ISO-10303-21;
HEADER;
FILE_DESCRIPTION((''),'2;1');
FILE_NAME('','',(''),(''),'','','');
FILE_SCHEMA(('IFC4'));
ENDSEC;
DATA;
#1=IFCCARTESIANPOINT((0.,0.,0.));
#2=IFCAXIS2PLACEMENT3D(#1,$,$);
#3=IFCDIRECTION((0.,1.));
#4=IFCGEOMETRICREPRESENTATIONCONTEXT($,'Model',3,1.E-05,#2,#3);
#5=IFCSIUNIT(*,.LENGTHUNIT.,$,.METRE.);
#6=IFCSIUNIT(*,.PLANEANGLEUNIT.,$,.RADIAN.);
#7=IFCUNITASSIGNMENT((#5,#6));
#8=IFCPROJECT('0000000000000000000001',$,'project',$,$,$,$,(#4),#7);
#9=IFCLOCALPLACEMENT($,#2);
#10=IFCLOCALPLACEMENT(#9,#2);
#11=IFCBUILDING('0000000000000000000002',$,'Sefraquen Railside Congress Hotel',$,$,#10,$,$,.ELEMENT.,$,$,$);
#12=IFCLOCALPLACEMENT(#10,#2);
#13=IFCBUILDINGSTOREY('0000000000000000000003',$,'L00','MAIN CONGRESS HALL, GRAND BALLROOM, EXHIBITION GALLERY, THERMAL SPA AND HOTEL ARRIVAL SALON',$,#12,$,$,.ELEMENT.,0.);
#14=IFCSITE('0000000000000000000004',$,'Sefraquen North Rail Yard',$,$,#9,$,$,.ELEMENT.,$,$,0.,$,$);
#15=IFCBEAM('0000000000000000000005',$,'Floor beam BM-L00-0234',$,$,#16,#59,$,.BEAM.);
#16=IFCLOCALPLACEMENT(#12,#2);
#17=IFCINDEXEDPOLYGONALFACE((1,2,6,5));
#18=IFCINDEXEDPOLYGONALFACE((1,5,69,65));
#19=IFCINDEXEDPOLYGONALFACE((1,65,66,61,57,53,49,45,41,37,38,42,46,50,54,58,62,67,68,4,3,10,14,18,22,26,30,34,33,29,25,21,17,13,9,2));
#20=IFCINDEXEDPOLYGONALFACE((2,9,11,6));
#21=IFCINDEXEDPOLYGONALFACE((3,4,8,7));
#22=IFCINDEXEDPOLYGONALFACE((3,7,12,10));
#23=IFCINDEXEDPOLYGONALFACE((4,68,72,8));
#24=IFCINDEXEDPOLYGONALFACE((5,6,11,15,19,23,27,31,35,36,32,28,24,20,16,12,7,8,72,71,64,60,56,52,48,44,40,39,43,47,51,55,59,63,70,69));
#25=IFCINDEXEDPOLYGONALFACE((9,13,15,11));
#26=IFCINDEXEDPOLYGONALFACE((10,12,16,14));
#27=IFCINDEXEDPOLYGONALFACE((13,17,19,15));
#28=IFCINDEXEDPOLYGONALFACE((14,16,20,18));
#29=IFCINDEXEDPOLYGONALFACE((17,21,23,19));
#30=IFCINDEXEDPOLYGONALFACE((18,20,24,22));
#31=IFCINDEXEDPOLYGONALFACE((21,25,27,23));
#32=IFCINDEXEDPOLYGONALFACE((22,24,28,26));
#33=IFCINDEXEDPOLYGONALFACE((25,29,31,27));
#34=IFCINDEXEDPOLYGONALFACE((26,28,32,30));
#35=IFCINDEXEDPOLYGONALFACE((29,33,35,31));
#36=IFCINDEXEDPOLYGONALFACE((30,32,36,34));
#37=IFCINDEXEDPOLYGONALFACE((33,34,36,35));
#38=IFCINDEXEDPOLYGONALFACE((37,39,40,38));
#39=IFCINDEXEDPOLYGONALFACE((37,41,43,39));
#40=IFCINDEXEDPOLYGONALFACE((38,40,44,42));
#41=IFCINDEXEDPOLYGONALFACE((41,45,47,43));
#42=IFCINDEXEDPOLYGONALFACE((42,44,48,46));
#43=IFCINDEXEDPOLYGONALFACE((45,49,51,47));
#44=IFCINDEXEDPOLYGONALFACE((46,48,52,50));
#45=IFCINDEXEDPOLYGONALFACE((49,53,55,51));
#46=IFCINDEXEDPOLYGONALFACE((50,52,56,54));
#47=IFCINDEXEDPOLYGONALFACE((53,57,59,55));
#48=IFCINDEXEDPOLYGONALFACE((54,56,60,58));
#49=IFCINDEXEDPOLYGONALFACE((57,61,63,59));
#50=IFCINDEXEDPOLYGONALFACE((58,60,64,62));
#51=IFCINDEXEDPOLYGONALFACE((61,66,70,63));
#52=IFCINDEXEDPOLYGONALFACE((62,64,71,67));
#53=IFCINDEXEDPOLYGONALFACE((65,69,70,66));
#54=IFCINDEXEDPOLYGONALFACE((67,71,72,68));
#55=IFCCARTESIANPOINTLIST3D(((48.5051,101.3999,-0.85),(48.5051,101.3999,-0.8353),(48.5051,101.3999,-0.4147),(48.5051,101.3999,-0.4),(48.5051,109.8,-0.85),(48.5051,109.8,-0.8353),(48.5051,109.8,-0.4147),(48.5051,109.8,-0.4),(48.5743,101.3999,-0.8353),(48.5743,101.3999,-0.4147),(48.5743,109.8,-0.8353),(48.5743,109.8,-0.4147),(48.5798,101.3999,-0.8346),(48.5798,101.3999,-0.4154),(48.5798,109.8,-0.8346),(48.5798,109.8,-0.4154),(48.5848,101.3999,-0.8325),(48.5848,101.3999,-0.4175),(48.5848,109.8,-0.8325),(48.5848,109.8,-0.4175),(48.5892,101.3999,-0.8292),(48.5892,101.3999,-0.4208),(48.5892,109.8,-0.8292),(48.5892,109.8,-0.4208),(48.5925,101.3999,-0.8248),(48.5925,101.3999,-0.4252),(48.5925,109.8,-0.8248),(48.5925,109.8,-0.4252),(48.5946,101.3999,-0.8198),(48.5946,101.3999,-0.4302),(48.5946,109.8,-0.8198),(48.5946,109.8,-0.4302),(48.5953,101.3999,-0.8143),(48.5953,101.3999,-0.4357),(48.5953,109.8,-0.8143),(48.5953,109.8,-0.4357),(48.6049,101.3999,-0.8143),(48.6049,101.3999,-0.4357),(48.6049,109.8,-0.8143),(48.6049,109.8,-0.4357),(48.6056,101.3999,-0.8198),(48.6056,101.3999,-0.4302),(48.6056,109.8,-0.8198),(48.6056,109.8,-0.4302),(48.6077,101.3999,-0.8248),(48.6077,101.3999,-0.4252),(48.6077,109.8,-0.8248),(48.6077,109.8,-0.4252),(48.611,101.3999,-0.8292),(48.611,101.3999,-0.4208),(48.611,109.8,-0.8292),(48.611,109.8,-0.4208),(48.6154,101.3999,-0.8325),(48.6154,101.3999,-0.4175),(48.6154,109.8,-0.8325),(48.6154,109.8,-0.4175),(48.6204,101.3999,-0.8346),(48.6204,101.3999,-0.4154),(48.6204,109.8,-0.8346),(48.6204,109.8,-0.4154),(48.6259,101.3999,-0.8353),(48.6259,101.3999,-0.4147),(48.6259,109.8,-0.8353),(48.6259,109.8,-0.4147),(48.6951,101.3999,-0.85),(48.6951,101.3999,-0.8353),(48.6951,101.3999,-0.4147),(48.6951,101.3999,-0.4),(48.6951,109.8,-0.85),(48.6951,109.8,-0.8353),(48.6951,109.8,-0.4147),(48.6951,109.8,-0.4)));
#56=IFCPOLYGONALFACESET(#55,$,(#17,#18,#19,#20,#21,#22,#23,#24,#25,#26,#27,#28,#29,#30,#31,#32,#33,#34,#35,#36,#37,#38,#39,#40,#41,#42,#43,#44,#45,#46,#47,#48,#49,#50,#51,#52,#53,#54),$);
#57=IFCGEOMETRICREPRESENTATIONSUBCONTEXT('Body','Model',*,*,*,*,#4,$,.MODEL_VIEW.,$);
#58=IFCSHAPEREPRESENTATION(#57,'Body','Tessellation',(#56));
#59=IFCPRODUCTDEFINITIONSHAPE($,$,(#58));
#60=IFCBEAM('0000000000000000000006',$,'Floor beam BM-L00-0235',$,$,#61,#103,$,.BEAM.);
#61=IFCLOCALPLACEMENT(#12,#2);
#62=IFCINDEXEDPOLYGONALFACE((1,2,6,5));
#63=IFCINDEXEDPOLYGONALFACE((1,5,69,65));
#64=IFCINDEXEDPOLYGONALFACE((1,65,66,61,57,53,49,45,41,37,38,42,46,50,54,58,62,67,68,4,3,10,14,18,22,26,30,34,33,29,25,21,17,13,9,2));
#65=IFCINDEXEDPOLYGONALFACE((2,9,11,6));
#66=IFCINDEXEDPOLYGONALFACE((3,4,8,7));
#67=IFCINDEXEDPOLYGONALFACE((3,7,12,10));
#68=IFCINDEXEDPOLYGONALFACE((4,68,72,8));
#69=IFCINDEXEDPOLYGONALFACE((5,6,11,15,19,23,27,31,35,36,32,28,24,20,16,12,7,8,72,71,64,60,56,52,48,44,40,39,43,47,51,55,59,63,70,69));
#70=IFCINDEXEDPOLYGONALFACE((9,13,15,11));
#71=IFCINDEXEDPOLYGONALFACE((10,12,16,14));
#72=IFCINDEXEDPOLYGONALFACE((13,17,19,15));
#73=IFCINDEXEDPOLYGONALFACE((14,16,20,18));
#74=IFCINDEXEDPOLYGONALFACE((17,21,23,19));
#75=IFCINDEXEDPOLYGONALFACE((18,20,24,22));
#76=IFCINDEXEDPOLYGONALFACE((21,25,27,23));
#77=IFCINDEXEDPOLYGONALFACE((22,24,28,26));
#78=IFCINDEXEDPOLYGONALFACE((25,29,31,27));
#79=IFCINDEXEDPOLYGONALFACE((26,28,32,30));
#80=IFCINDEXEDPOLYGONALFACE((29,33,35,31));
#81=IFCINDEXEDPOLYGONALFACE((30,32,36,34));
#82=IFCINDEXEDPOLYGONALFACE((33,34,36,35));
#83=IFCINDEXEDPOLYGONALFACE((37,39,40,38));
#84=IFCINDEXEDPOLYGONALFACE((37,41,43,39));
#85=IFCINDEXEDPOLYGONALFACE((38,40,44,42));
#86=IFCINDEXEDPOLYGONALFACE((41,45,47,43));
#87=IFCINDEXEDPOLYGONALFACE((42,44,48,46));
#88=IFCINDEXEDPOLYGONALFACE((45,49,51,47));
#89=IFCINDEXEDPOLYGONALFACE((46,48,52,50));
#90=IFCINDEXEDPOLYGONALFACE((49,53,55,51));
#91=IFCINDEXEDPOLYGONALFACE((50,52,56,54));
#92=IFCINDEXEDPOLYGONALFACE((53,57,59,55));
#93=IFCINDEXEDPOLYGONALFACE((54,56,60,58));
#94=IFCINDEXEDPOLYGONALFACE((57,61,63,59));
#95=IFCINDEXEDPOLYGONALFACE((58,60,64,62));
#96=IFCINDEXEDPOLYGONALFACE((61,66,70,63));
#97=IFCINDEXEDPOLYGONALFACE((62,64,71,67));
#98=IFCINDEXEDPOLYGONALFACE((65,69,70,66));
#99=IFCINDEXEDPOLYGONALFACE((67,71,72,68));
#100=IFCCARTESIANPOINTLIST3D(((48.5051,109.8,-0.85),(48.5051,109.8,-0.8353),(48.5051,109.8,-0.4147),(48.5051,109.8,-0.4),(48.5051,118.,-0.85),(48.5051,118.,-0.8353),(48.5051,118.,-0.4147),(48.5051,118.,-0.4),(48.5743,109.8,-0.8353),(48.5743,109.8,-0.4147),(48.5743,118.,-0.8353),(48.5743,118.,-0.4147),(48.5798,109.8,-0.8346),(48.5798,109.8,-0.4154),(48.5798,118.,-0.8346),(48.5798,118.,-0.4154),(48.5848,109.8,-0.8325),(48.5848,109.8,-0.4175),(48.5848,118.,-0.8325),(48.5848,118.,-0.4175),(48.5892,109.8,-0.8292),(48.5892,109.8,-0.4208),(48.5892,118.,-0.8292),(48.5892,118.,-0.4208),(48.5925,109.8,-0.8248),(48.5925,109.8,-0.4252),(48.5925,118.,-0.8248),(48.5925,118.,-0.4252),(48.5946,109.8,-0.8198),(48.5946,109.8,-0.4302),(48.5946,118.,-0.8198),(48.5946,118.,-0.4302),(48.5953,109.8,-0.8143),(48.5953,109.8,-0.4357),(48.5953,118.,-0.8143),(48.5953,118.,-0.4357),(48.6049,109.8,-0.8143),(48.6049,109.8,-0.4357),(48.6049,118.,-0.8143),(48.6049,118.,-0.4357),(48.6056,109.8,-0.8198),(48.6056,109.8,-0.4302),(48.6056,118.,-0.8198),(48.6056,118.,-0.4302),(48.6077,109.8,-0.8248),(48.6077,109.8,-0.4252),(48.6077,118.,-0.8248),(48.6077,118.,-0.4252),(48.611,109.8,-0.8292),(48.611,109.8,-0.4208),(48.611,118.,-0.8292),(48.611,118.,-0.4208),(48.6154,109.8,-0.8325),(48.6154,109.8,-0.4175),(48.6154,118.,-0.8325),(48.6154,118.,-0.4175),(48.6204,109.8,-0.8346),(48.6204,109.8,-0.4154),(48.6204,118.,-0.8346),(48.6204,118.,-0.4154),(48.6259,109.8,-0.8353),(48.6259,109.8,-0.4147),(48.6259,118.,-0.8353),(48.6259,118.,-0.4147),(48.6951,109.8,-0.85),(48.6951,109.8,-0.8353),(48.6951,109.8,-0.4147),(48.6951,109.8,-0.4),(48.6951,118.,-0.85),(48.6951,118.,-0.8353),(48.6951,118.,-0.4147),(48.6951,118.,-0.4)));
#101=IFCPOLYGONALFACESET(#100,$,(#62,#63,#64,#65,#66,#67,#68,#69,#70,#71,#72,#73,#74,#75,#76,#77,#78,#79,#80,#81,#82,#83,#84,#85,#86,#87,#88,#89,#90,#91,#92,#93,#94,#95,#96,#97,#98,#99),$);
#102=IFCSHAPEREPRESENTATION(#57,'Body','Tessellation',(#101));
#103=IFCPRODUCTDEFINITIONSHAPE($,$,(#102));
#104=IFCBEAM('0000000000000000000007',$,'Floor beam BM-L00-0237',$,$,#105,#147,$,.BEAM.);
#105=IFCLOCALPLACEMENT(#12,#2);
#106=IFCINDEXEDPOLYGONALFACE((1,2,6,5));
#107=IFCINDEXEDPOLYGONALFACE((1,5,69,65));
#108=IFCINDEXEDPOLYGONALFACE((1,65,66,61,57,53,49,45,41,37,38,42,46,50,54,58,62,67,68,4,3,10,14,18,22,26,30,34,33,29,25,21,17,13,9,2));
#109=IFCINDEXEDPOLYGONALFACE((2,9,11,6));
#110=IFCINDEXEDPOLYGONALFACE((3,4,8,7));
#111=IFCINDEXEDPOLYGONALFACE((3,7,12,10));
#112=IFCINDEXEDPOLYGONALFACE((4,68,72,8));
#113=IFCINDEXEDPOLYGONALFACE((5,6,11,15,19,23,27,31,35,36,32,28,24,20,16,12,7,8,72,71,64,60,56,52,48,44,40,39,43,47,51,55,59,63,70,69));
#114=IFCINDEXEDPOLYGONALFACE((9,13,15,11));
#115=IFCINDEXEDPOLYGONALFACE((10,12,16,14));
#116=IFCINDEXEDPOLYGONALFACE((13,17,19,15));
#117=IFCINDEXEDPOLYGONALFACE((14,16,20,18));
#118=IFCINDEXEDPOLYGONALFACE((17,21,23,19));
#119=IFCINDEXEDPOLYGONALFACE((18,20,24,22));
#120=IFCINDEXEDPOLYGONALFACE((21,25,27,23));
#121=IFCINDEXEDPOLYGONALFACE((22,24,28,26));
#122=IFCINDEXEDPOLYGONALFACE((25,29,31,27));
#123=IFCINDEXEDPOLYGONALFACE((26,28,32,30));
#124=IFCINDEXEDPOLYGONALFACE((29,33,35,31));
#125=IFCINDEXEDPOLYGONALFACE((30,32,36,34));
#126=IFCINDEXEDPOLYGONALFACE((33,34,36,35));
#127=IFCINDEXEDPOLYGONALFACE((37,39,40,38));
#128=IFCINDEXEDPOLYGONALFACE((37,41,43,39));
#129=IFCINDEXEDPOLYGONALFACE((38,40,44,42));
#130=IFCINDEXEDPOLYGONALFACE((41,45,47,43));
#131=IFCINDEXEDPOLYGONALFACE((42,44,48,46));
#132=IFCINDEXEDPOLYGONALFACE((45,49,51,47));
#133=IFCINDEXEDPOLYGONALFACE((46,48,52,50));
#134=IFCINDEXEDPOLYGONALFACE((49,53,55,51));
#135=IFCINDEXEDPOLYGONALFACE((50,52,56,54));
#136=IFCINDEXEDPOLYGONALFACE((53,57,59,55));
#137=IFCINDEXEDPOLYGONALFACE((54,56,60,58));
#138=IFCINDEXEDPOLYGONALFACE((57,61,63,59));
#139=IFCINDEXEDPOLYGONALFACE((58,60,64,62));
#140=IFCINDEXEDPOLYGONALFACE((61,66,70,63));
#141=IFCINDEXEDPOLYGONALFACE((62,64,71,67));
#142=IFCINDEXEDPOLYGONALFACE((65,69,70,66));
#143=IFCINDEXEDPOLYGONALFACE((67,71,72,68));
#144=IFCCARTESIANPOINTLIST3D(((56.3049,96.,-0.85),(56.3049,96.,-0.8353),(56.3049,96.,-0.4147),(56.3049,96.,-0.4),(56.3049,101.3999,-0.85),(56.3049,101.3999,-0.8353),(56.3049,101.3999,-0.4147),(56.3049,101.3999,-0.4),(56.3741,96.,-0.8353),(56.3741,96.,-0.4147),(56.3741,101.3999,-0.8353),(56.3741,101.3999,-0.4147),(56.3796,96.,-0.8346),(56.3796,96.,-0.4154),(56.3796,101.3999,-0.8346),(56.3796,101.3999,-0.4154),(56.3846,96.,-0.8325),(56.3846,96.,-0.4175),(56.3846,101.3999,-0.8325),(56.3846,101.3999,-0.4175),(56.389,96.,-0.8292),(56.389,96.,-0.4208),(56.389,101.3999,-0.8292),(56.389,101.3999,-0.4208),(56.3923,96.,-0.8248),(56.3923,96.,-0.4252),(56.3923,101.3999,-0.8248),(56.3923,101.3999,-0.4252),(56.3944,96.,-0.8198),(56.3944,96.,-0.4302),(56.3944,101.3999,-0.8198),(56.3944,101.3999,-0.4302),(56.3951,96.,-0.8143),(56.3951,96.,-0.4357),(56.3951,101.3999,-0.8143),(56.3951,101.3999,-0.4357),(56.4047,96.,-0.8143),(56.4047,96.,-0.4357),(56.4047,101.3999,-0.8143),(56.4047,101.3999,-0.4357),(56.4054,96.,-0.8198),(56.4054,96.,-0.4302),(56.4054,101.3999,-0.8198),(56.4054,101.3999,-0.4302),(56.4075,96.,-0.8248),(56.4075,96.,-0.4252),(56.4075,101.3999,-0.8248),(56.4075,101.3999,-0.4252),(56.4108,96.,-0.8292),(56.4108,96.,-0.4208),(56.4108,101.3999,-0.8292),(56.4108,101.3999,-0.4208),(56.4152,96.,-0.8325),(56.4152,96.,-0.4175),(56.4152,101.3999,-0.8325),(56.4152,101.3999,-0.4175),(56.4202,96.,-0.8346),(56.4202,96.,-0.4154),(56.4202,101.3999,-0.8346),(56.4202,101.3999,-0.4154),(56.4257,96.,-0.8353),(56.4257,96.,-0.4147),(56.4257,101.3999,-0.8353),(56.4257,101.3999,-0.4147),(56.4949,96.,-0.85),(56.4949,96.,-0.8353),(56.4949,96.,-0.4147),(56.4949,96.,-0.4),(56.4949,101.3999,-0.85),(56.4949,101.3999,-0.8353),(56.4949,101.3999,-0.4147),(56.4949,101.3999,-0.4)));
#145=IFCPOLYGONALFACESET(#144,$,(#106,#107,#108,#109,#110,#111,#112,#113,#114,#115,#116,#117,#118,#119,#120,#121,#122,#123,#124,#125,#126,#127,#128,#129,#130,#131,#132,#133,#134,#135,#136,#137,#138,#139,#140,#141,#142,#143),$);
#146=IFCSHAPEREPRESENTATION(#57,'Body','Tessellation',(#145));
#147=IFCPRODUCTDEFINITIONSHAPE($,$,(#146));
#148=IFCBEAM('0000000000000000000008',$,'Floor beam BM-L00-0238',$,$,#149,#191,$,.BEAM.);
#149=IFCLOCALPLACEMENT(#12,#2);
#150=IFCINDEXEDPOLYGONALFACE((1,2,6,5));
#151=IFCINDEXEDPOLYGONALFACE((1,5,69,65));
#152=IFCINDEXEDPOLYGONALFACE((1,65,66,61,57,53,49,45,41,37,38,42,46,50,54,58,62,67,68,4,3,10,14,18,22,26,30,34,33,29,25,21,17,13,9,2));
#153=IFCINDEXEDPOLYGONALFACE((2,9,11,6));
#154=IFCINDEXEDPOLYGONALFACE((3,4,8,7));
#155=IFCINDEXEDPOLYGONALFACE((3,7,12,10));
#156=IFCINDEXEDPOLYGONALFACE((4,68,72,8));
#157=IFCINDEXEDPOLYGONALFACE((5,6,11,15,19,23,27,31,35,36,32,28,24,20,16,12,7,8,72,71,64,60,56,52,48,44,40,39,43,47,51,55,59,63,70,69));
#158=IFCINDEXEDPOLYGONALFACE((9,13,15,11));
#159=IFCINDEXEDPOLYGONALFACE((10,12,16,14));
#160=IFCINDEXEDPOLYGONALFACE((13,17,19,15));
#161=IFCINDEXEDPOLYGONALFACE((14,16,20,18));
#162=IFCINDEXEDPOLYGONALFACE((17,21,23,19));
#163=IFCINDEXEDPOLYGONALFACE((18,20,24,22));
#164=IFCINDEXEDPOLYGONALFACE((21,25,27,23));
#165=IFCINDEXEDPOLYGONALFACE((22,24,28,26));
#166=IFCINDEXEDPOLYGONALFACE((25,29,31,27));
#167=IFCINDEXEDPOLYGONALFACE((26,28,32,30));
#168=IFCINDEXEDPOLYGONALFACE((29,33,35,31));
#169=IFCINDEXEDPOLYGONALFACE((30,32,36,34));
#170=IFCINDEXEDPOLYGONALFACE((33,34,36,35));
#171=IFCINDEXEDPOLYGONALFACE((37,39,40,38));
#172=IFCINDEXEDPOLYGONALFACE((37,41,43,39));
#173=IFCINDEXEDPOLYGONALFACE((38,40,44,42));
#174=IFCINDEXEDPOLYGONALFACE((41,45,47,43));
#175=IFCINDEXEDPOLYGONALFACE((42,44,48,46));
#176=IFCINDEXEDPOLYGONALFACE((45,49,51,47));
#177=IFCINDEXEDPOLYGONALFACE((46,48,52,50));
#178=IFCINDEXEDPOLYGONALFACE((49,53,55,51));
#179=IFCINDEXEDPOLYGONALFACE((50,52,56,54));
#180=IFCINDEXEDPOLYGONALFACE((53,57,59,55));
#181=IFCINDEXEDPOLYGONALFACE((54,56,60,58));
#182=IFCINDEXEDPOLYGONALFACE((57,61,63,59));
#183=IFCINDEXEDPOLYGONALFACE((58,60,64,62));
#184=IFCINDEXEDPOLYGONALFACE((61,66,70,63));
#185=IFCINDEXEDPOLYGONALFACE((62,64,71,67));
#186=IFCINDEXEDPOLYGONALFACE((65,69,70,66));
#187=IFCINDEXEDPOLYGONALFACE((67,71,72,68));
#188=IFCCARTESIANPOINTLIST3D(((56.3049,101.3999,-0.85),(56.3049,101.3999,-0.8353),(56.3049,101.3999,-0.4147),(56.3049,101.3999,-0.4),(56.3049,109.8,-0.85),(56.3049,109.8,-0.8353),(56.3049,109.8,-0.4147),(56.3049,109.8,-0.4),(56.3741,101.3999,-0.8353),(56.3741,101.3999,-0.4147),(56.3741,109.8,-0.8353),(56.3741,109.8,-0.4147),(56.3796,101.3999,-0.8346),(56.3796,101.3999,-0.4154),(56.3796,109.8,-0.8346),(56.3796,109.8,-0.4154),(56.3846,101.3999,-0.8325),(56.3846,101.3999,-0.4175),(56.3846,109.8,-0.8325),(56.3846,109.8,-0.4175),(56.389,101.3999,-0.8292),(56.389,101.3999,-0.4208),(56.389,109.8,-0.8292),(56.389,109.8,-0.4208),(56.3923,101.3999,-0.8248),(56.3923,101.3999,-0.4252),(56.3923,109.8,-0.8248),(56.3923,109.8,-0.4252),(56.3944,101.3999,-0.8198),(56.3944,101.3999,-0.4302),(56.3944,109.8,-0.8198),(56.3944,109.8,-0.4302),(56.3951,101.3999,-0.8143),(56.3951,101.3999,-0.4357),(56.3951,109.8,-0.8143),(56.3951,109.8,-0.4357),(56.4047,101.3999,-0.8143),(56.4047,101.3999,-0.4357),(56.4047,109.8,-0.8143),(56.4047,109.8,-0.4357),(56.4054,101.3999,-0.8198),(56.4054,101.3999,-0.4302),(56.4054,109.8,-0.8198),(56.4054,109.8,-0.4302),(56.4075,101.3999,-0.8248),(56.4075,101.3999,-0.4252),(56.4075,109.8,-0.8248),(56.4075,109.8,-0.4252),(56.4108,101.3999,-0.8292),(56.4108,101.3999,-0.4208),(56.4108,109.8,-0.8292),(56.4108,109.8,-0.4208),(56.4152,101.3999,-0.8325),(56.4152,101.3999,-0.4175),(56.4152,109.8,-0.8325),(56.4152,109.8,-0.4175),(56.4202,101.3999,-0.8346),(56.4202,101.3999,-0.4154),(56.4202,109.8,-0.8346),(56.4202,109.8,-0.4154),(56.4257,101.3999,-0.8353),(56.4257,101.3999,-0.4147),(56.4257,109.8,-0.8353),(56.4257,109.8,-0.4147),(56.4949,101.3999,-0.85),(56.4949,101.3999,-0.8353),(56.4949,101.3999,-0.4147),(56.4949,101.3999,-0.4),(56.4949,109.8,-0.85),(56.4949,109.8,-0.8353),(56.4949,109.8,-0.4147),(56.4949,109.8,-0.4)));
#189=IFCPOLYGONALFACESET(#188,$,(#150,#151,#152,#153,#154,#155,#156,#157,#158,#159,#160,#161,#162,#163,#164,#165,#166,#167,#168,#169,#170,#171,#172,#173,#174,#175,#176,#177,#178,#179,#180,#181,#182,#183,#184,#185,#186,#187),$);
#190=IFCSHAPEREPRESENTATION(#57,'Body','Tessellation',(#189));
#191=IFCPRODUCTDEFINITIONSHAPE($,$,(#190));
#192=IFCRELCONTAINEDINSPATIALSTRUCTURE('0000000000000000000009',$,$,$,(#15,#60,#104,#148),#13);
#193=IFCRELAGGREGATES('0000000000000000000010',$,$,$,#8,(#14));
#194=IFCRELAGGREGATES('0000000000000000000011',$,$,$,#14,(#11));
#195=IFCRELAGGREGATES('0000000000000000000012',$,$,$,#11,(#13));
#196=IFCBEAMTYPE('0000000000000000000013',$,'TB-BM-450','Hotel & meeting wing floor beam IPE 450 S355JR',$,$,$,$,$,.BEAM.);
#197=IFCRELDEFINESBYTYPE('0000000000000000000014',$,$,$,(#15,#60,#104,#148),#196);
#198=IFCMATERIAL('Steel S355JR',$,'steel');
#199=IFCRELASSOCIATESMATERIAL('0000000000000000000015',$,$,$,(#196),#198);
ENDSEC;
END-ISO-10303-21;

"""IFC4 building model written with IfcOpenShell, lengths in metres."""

from ifc_helpers import new_model, si_unit, direction, frame, origin, origin_2d, place, context, subcontext, project, spatial, i_section, extrude, material, material_profile, profile_set, type_object, element, save


model = new_model("IFC4")

# Units and contexts
model_context = context("Model", 3, precision=1e-05, world=origin(), true_north=direction((0.0, 1.0)))
body_context = subcontext(model_context, "Body", "Model", "MODEL_VIEW")
ifc_project = project(units=[si_unit("LENGTHUNIT", "METRE"), si_unit("PLANEANGLEUNIT", "RADIAN")], contexts=[model_context])

# Site, building, storey
site_placement = place(None, origin())
site = spatial("IfcSite", under=ifc_project, at=site_placement, Name="Sefraquen North Rail Yard", CompositionType="ELEMENT", RefElevation=0.0)
building_placement = place(site_placement, origin())
building = spatial("IfcBuilding", under=site, at=building_placement, Name="Sefraquen Railside Congress Hotel", CompositionType="ELEMENT")
storey_placement = place(building_placement, origin())
storey = spatial("IfcBuildingStorey", under=building, at=storey_placement, Name="L00", Description="MAIN CONGRESS HALL, GRAND BALLROOM, EXHIBITION GALLERY, THERMAL SPA AND HOTEL ARRIVAL SALON", CompositionType="ELEMENT", Elevation=0.0)

# Shared definitions
ifc_material_1 = material(Name="Steel S355JR", Category="steel")

# Beams
ifc_material_profile_1 = material_profile(ifc_material_1, i_section(OverallWidth=0.1899, OverallDepth=0.45, WebThickness=0.0095, FlangeThickness=0.0146, FilletRadius=0.021, at=origin_2d()), Name="IPE 450")
ifc_profile_set_1 = profile_set([ifc_material_profile_1], Name="Steel S355JR")
beam_type_1 = type_object("IfcBeamType", Name="TB-BM-450", Description="Hotel & meeting wing floor beam IPE 450 S355JR", PredefinedType="BEAM", material=ifc_profile_set_1)
beam_1_placement = place(storey_placement, frame((48.6001, 101.3999, -0.625), z_axis=(0.0, 1.0, 0.0), x_axis=(-1.0, 0.0, 0.0)))
element("IfcBeam", 1, at=beam_1_placement, inside=storey, type_object=beam_type_1, Name="Floor beam BM-L00-0234", PredefinedType="BEAM", context=body_context, shape_type="SweptSolid", body=[
    extrude(i_section(OverallWidth=0.1899, OverallDepth=0.45, WebThickness=0.0095, FlangeThickness=0.0146, FilletRadius=0.021, at=origin_2d()), origin(), (0.0, 0.0, 1.0), 8.4001),
])
beam_2_placement = place(storey_placement, frame((48.6001, 109.8, -0.625), z_axis=(0.0, 1.0, 0.0), x_axis=(-1.0, 0.0, 0.0)))
element("IfcBeam", 2, at=beam_2_placement, inside=storey, type_object=beam_type_1, Name="Floor beam BM-L00-0235", PredefinedType="BEAM", context=body_context, shape_type="SweptSolid", body=[
    extrude(i_section(OverallWidth=0.1899, OverallDepth=0.45, WebThickness=0.0095, FlangeThickness=0.0146, FilletRadius=0.021, at=origin_2d()), origin(), (0.0, 0.0, 1.0), 8.2),
])
beam_3_placement = place(storey_placement, frame((56.3999, 96.0, -0.625), z_axis=(0.0, 1.0, 0.0), x_axis=(-1.0, 0.0, 0.0)))
element("IfcBeam", 3, at=beam_3_placement, inside=storey, type_object=beam_type_1, Name="Floor beam BM-L00-0237", PredefinedType="BEAM", context=body_context, shape_type="SweptSolid", body=[
    extrude(i_section(OverallWidth=0.1899, OverallDepth=0.45, WebThickness=0.0095, FlangeThickness=0.0146, FilletRadius=0.021, at=origin_2d()), origin(), (0.0, 0.0, 1.0), 5.3999),
])
beam_4_placement = place(storey_placement, frame((56.3999, 101.3999, -0.625), z_axis=(0.0, 1.0, 0.0), x_axis=(-1.0, 0.0, 0.0)))
element("IfcBeam", 4, at=beam_4_placement, inside=storey, type_object=beam_type_1, Name="Floor beam BM-L00-0238", PredefinedType="BEAM", context=body_context, shape_type="SweptSolid", body=[
    extrude(i_section(OverallWidth=0.1899, OverallDepth=0.45, WebThickness=0.0095, FlangeThickness=0.0146, FilletRadius=0.021, at=origin_2d()), origin(), (0.0, 0.0, 1.0), 8.4001),
])

save(model, "model.ifc")
